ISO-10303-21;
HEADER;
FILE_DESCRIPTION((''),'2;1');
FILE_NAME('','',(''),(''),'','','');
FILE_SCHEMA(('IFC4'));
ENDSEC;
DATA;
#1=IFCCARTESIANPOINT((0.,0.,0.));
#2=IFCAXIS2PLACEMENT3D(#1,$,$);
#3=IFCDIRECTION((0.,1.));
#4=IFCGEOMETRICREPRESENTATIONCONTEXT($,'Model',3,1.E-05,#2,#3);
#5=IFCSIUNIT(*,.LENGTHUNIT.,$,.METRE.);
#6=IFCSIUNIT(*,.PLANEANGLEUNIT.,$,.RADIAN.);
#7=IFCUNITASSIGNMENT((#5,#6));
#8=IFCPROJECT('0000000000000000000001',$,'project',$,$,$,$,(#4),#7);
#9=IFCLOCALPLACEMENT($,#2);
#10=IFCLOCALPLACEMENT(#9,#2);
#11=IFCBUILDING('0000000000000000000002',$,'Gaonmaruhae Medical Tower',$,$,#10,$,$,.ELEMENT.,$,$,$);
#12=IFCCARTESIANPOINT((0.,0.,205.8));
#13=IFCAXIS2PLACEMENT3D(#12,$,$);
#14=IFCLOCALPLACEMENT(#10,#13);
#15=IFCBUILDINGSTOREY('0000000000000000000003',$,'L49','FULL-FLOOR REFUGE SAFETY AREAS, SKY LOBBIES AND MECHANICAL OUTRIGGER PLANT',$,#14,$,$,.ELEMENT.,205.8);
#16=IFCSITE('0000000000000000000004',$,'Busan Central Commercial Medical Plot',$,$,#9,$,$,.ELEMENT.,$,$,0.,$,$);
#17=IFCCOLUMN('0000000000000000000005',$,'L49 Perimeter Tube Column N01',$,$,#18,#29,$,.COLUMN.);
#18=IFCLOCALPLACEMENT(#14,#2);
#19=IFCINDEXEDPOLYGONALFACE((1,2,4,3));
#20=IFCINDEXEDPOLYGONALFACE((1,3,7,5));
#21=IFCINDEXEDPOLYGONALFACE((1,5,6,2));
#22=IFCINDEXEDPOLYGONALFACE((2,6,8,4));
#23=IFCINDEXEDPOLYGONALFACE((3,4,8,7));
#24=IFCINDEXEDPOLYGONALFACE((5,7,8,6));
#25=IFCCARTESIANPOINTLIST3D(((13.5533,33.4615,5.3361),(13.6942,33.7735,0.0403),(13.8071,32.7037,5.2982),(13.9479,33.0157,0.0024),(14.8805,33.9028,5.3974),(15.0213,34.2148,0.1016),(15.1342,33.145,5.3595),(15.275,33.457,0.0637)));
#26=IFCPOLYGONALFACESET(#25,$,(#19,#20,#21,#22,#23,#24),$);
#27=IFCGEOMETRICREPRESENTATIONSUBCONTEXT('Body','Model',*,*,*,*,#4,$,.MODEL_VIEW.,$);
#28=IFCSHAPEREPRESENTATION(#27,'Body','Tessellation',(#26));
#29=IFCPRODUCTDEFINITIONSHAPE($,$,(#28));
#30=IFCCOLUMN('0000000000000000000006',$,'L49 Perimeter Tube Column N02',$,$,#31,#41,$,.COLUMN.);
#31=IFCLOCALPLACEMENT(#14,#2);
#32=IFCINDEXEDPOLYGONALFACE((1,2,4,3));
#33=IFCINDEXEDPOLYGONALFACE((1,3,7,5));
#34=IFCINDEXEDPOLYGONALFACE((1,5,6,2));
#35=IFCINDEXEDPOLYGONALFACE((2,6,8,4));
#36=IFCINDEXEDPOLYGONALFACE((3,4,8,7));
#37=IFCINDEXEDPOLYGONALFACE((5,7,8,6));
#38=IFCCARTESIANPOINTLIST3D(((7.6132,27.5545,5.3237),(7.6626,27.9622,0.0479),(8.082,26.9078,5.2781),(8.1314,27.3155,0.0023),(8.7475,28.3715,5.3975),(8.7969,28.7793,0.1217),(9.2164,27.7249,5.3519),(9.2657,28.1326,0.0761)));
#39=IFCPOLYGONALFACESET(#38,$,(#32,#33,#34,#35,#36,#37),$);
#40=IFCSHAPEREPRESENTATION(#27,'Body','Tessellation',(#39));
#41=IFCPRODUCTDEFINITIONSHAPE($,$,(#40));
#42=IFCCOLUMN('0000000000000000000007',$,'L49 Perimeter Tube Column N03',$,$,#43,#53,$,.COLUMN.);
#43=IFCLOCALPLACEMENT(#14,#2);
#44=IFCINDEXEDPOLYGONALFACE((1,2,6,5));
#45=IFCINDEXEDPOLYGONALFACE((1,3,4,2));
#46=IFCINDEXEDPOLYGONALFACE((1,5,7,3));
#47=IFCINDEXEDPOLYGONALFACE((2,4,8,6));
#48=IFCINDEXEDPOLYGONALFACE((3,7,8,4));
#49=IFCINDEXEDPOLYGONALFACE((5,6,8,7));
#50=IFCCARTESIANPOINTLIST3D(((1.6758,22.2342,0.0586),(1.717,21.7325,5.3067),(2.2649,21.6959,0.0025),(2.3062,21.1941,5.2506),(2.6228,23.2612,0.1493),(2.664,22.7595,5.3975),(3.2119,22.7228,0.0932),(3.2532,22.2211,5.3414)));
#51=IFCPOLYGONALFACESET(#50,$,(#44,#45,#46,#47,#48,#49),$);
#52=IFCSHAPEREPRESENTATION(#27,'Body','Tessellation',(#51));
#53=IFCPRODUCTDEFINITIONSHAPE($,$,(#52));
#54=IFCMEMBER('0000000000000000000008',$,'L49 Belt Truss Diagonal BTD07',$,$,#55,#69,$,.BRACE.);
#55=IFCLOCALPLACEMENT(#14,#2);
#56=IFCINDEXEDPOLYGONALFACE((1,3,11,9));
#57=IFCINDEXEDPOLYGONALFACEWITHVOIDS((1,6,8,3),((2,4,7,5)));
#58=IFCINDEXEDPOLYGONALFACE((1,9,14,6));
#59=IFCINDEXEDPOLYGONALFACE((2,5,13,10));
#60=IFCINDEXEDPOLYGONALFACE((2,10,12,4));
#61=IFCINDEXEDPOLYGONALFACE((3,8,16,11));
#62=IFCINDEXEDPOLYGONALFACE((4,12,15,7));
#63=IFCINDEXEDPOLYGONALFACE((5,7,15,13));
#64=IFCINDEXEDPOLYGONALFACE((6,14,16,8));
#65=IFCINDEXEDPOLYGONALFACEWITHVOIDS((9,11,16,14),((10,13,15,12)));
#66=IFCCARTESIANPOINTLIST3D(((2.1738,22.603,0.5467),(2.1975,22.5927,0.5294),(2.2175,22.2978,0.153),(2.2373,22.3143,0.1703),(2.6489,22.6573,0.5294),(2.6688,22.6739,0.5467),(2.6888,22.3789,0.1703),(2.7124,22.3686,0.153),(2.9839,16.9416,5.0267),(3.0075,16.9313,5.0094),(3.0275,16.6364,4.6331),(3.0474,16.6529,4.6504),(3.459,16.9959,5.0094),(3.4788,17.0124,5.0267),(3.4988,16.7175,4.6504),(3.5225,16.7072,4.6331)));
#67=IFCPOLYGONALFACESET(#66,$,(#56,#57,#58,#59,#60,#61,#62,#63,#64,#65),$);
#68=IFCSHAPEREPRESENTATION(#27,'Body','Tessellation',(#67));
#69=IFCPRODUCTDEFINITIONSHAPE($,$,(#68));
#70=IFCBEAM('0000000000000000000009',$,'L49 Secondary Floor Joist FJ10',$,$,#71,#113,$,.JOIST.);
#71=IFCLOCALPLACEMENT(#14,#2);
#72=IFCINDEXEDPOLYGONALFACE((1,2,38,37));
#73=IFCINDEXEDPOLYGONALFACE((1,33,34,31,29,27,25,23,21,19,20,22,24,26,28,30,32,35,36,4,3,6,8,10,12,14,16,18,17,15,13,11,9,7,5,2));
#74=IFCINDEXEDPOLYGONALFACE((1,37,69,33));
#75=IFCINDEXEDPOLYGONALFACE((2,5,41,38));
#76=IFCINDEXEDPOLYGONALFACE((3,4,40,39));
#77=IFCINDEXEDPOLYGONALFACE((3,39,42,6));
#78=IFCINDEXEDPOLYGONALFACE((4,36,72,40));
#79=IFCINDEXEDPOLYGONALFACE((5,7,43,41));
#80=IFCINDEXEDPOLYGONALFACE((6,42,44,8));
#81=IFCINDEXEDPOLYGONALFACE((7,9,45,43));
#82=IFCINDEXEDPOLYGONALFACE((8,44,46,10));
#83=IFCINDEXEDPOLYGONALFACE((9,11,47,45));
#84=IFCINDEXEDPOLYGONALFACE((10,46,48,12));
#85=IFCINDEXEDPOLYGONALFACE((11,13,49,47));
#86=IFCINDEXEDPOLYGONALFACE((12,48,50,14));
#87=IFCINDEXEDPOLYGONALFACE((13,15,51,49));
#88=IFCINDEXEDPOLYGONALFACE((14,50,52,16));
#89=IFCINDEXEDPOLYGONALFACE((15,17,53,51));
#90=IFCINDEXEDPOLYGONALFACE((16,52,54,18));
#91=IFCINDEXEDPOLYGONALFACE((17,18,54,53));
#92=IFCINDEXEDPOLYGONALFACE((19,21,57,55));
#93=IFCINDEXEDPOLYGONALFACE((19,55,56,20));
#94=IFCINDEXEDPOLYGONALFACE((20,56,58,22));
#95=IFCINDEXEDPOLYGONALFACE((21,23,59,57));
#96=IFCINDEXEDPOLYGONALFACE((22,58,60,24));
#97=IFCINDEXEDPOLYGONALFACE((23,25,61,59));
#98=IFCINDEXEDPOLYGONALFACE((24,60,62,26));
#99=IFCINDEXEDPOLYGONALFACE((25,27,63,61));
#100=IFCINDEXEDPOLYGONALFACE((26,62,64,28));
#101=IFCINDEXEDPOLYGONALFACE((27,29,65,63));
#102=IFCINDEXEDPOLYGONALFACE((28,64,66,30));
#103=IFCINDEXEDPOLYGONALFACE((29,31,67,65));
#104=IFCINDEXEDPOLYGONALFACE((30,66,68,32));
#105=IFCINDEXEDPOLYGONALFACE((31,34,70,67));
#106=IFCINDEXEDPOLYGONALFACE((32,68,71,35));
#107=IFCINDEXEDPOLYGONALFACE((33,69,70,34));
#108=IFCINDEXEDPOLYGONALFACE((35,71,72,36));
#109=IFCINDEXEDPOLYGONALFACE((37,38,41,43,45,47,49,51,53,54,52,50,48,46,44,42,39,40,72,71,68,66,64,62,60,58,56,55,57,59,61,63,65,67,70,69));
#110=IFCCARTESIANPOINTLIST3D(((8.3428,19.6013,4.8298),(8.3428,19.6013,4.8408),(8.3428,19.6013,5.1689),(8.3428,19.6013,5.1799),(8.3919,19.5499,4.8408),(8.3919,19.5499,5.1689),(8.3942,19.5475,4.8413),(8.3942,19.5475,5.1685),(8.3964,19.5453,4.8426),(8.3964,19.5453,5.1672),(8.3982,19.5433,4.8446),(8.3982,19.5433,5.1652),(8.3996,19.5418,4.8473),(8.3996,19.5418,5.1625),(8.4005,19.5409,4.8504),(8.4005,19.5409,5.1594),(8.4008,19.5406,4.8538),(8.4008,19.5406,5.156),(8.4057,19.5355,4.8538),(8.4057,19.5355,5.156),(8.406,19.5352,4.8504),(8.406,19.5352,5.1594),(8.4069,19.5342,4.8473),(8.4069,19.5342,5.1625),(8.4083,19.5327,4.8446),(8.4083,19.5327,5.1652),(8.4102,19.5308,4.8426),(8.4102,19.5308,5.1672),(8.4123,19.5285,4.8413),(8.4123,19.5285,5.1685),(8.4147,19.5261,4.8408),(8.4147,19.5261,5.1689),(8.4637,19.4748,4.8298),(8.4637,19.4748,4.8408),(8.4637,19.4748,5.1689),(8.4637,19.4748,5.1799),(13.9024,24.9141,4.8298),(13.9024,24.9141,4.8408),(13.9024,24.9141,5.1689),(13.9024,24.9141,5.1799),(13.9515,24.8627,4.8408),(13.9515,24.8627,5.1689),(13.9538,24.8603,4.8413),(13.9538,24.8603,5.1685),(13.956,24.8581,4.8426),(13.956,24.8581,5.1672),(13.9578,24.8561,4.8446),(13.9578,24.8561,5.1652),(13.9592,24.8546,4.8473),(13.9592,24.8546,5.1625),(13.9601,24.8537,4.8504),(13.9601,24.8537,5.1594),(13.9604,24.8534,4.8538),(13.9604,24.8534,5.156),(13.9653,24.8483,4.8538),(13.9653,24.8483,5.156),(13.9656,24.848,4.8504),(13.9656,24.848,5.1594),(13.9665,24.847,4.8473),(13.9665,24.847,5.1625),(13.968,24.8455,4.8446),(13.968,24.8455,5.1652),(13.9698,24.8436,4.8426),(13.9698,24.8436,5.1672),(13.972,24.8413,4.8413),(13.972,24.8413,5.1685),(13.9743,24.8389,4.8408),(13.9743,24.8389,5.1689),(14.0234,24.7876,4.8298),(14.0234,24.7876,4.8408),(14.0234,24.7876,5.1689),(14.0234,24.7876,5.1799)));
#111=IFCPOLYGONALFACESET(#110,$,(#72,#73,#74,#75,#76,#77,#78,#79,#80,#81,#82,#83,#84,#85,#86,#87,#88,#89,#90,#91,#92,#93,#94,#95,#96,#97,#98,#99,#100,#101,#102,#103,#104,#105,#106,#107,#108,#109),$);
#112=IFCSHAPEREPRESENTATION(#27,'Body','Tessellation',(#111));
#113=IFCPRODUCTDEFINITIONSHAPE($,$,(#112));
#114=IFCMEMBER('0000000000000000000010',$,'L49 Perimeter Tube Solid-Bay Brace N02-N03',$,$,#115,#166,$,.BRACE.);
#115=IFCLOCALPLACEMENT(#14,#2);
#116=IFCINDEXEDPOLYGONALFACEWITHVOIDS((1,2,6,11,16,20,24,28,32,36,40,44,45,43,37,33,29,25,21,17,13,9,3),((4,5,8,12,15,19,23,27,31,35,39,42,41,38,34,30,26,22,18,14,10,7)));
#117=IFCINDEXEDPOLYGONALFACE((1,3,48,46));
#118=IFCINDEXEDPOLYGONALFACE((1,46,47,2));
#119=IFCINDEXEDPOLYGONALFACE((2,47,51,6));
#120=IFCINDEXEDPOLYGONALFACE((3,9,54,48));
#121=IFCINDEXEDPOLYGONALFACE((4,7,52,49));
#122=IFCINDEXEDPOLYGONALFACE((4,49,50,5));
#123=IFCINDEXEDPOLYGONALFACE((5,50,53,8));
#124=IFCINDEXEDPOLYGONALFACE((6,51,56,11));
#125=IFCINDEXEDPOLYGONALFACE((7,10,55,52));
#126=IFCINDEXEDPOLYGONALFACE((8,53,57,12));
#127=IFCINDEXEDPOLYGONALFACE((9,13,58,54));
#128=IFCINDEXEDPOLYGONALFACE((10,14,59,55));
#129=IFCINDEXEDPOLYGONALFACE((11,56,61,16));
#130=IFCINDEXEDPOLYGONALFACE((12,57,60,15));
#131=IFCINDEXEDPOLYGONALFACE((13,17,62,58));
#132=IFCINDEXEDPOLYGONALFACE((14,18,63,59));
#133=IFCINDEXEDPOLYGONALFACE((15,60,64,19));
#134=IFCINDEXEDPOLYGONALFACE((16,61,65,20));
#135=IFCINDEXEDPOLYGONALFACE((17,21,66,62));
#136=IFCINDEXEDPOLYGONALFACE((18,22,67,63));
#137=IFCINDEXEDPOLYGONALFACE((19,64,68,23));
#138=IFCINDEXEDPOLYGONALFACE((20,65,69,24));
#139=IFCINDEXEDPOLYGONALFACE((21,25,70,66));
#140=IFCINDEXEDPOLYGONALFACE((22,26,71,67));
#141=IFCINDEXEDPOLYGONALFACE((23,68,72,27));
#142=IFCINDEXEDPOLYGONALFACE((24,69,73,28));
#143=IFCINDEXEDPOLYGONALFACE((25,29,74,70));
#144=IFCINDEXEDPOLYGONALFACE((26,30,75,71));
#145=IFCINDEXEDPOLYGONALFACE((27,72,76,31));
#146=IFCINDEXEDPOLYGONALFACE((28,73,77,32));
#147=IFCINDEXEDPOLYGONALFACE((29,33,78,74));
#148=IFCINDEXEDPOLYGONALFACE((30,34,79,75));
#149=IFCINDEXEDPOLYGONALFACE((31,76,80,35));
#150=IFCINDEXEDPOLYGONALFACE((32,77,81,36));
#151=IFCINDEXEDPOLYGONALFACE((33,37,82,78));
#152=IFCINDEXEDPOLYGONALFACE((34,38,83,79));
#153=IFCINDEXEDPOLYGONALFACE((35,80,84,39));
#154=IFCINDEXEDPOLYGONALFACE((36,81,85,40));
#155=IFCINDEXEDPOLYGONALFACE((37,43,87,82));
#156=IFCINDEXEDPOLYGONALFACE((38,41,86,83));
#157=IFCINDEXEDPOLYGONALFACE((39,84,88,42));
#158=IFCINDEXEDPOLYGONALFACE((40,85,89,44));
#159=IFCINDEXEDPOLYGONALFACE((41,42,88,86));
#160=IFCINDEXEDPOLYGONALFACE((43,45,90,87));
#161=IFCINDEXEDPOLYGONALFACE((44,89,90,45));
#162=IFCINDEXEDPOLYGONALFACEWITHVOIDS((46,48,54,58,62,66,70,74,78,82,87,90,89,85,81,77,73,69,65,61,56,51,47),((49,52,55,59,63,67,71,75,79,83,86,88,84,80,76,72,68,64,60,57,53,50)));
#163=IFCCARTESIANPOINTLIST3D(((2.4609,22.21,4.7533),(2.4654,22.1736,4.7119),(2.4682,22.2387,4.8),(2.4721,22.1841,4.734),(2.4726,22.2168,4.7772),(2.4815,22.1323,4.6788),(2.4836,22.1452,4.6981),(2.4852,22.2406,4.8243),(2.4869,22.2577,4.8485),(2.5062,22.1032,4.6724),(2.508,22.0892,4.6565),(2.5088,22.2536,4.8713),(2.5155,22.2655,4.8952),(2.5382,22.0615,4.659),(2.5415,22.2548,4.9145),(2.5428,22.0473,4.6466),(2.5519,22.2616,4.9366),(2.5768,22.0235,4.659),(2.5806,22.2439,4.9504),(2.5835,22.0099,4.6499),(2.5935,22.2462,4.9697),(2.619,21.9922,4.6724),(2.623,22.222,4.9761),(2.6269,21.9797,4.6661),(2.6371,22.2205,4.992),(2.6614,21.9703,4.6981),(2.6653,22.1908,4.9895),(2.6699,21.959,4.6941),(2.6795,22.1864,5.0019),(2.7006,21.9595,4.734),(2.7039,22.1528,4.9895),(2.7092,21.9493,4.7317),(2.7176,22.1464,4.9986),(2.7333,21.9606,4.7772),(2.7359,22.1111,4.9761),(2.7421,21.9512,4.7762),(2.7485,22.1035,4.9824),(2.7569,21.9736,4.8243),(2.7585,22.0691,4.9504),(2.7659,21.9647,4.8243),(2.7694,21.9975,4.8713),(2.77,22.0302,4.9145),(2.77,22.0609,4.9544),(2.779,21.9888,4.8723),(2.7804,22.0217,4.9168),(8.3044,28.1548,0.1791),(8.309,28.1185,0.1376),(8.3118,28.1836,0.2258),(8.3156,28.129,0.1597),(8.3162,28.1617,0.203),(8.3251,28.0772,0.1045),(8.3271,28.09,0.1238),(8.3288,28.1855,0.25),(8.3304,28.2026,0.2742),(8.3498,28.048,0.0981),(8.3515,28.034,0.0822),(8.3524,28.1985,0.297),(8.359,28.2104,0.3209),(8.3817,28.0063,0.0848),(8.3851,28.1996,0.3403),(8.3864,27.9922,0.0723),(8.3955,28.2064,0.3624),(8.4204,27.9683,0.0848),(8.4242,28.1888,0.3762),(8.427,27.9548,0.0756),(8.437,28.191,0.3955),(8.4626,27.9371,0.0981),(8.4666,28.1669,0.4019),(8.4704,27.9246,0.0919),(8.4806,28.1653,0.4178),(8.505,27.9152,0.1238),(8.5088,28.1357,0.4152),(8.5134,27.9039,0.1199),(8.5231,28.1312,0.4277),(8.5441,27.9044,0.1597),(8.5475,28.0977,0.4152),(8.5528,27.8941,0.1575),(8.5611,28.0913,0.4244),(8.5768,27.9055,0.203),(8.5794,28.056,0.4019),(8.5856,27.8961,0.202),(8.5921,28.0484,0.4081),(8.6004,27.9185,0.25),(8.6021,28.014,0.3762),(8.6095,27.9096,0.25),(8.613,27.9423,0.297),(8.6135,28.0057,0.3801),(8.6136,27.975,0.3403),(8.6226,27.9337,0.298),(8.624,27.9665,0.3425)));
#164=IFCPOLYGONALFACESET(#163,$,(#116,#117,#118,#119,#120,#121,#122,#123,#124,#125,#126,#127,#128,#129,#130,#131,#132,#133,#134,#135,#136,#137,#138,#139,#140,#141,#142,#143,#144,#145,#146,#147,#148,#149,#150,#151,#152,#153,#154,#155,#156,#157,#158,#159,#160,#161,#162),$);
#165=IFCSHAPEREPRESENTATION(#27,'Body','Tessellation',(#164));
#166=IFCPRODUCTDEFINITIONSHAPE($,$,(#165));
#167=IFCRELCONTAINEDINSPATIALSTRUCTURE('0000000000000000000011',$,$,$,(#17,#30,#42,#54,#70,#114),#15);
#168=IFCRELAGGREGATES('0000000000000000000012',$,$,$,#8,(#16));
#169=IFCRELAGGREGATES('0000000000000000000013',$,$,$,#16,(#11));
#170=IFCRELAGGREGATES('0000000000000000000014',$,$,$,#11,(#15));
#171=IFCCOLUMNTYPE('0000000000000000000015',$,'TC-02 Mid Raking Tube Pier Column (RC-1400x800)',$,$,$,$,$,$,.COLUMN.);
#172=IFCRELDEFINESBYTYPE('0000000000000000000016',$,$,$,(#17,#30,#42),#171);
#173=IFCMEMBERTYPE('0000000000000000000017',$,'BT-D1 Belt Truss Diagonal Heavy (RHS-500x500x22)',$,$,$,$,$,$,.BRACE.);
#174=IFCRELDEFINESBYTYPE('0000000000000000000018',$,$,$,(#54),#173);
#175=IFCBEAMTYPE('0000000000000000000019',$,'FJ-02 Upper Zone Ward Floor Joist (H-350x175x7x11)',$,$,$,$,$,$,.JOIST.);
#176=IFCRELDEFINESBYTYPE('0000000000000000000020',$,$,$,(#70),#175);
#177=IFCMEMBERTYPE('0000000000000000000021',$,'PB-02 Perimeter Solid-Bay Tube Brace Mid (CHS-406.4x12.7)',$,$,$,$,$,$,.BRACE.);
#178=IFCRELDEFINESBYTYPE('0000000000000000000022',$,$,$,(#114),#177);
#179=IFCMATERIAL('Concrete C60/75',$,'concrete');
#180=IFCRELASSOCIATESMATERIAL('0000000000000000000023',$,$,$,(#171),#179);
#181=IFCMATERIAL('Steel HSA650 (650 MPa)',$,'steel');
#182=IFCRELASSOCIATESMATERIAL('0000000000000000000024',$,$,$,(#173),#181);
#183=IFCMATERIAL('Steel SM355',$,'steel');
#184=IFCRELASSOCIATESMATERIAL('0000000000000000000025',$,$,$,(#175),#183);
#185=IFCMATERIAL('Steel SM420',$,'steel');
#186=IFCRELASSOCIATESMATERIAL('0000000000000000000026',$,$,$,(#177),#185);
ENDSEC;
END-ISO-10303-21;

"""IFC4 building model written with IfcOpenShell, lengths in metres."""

from ifc_helpers import new_model, si_unit, direction, frame, origin, origin_2d, place, context, subcontext, project, spatial, rectangle, hollow_rectangle, hollow_circle, i_section, extrude, material, material_profile, profile_set, type_object, element, save


model = new_model("IFC4")

# Units and contexts
model_context = context("Model", 3, precision=1e-05, world=origin(), true_north=direction((0.0, 1.0)))
body_context = subcontext(model_context, "Body", "Model", "MODEL_VIEW")
ifc_project = project(units=[si_unit("LENGTHUNIT", "METRE"), si_unit("PLANEANGLEUNIT", "RADIAN")], contexts=[model_context])

# Site, building, storey
site_placement = place(None, origin())
site = spatial("IfcSite", under=ifc_project, at=site_placement, Name="Busan Central Commercial Medical Plot", CompositionType="ELEMENT", RefElevation=0.0)
building_placement = place(site_placement, origin())
building = spatial("IfcBuilding", under=site, at=building_placement, Name="Gaonmaruhae Medical Tower", CompositionType="ELEMENT")
storey_placement = place(building_placement, frame((0.0, 0.0, 205.8)))
storey = spatial("IfcBuildingStorey", under=building, at=storey_placement, Name="L49", Description="FULL-FLOOR REFUGE SAFETY AREAS, SKY LOBBIES AND MECHANICAL OUTRIGGER PLANT", CompositionType="ELEMENT", Elevation=205.8)

# Columns
ifc_material_1 = material(Name="Concrete C60/75", Category="concrete")
ifc_material_profile_1 = material_profile(ifc_material_1, rectangle(XDim=1.3999, YDim=0.8, at=origin_2d()), Name="RC-1400x800")
ifc_profile_set_1 = profile_set([ifc_material_profile_1], Name="Concrete C60/75")
column_type = type_object("IfcColumnType", Name="TC-02 Mid Raking Tube Pier Column (RC-1400x800)", PredefinedType="COLUMN", material=ifc_profile_set_1)
column_1_placement = place(storey_placement, frame((14.4846, 33.6152, 0.052), z_axis=(-0.026544, -0.058793, 0.997917), x_axis=(0.94801, 0.315213, 0.043788)))
element("IfcColumn", 1, at=column_1_placement, inside=storey, type_object=column_type, Name="L49 Perimeter Tube Column N01", PredefinedType="COLUMN", context=body_context, shape_type="SweptSolid", body=[
    extrude(rectangle(XDim=1.3999, YDim=0.8, at=origin_2d()), origin(), (0.0, 0.0, 1.0), 5.3069),
])
column_2_placement = place(storey_placement, frame((8.4641, 28.0474, 0.062), z_axis=(-0.009319, -0.077046, 0.996984), x_axis=(0.810275, 0.583677, 0.05268)))
element("IfcColumn", 2, at=column_2_placement, inside=storey, type_object=column_type, Name="L49 Perimeter Tube Column N02", PredefinedType="COLUMN", context=body_context, shape_type="SweptSolid", body=[
    extrude(rectangle(XDim=1.3999, YDim=0.8, at=origin_2d()), origin(), (0.0, 0.0, 1.0), 5.2917),
])
column_3_placement = place(storey_placement, frame((2.4438, 22.4785, 0.0759), z_axis=(0.007826, -0.095162, 0.995431), x_axis=(0.67647, 0.733612, 0.064814)))
element("IfcColumn", 3, at=column_3_placement, inside=storey, type_object=column_type, Name="L49 Perimeter Tube Column N03", PredefinedType="COLUMN", context=body_context, shape_type="SweptSolid", body=[
    extrude(rectangle(XDim=1.3999, YDim=0.8, at=origin_2d()), origin(), (0.0, 0.0, 1.0), 5.2722),
])

# Member
ifc_material_2 = material(Name="Steel HSA650 (650 MPa)", Category="steel")
ifc_material_profile_2 = material_profile(ifc_material_2, hollow_rectangle(XDim=0.5, YDim=0.5, WallThickness=0.022, at=origin_2d()), Name="RHS-500x500x22")
ifc_profile_set_2 = profile_set([ifc_material_profile_2], Name="Steel HSA650 (650 MPa)")
member_type_1 = type_object("IfcMemberType", Name="BT-D1 Belt Truss Diagonal Heavy (RHS-500x500x22)", PredefinedType="BRACE", material=ifc_profile_set_2)
member_1_placement = place(storey_placement, frame((2.4431, 22.4858, 0.3499), z_axis=(0.111504, -0.779287, 0.616668), x_axis=(0.989918, 0.141642, 0.0)))
element("IfcMember", 4, at=member_1_placement, inside=storey, type_object=member_type_1, Name="L49 Belt Truss Diagonal BTD07", PredefinedType="BRACE", context=body_context, shape_type="SweptSolid", body=[
    extrude(hollow_rectangle(XDim=0.5, YDim=0.5, WallThickness=0.022, at=origin_2d()), origin(), (0.0, 0.0, 1.0), 7.2649),
])

# Beam
ifc_material_3 = material(Name="Steel SM355", Category="steel")
ifc_material_profile_3 = material_profile(ifc_material_3, i_section(OverallWidth=0.175, OverallDepth=0.3501, WebThickness=0.0071, FlangeThickness=0.011, FilletRadius=0.0129, at=origin_2d()), Name="H-350x175x7x11")
ifc_profile_set_3 = profile_set([ifc_material_profile_3], Name="Steel SM355")
beam_type_1 = type_object("IfcBeamType", Name="FJ-02 Upper Zone Ward Floor Joist (H-350x175x7x11)", PredefinedType="JOIST", material=ifc_profile_set_3)
beam_1_placement = place(storey_placement, frame((13.9629, 24.8508, 5.0049), z_axis=(-0.722973, -0.690876, 0.0), x_axis=(0.690876, -0.722973, 0.0)))
element("IfcBeam", 5, at=beam_1_placement, inside=storey, type_object=beam_type_1, Name="L49 Secondary Floor Joist FJ10", PredefinedType="JOIST", context=body_context, shape_type="SweptSolid", body=[
    extrude(i_section(OverallWidth=0.175, OverallDepth=0.3501, WebThickness=0.0071, FlangeThickness=0.011, FilletRadius=0.0129, at=origin_2d()), origin(), (0.0, 0.0, 1.0), 7.6899),
])

# Member
ifc_material_4 = material(Name="Steel SM420", Category="steel")
ifc_material_profile_4 = material_profile(ifc_material_4, hollow_circle(Radius=0.2031, WallThickness=0.0127, at=origin_2d()), Name="CHS-406.4x12.7")
ifc_profile_set_4 = profile_set([ifc_material_profile_4], Name="Steel SM420")
member_type_2 = type_object("IfcMemberType", Name="PB-02 Perimeter Solid-Bay Tube Brace Mid (CHS-406.4x12.7)", PredefinedType="BRACE", material=ifc_profile_set_4)
member_2_placement = place(storey_placement, frame((8.4646, 28.052, 0.25), z_axis=(-0.614558, -0.625214, 0.481068), x_axis=(0.713158, -0.701003, 0.0)))
element("IfcMember", 6, at=member_2_placement, inside=storey, type_object=member_type_2, Name="L49 Perimeter Tube Solid-Bay Brace N02-N03", PredefinedType="BRACE", context=body_context, shape_type="SweptSolid", body=[
    extrude(hollow_circle(Radius=0.2031, WallThickness=0.0127, at=origin_2d()), origin(), (0.0, 0.0, 1.0), 9.5085),
])

save(model, "model.ifc")
